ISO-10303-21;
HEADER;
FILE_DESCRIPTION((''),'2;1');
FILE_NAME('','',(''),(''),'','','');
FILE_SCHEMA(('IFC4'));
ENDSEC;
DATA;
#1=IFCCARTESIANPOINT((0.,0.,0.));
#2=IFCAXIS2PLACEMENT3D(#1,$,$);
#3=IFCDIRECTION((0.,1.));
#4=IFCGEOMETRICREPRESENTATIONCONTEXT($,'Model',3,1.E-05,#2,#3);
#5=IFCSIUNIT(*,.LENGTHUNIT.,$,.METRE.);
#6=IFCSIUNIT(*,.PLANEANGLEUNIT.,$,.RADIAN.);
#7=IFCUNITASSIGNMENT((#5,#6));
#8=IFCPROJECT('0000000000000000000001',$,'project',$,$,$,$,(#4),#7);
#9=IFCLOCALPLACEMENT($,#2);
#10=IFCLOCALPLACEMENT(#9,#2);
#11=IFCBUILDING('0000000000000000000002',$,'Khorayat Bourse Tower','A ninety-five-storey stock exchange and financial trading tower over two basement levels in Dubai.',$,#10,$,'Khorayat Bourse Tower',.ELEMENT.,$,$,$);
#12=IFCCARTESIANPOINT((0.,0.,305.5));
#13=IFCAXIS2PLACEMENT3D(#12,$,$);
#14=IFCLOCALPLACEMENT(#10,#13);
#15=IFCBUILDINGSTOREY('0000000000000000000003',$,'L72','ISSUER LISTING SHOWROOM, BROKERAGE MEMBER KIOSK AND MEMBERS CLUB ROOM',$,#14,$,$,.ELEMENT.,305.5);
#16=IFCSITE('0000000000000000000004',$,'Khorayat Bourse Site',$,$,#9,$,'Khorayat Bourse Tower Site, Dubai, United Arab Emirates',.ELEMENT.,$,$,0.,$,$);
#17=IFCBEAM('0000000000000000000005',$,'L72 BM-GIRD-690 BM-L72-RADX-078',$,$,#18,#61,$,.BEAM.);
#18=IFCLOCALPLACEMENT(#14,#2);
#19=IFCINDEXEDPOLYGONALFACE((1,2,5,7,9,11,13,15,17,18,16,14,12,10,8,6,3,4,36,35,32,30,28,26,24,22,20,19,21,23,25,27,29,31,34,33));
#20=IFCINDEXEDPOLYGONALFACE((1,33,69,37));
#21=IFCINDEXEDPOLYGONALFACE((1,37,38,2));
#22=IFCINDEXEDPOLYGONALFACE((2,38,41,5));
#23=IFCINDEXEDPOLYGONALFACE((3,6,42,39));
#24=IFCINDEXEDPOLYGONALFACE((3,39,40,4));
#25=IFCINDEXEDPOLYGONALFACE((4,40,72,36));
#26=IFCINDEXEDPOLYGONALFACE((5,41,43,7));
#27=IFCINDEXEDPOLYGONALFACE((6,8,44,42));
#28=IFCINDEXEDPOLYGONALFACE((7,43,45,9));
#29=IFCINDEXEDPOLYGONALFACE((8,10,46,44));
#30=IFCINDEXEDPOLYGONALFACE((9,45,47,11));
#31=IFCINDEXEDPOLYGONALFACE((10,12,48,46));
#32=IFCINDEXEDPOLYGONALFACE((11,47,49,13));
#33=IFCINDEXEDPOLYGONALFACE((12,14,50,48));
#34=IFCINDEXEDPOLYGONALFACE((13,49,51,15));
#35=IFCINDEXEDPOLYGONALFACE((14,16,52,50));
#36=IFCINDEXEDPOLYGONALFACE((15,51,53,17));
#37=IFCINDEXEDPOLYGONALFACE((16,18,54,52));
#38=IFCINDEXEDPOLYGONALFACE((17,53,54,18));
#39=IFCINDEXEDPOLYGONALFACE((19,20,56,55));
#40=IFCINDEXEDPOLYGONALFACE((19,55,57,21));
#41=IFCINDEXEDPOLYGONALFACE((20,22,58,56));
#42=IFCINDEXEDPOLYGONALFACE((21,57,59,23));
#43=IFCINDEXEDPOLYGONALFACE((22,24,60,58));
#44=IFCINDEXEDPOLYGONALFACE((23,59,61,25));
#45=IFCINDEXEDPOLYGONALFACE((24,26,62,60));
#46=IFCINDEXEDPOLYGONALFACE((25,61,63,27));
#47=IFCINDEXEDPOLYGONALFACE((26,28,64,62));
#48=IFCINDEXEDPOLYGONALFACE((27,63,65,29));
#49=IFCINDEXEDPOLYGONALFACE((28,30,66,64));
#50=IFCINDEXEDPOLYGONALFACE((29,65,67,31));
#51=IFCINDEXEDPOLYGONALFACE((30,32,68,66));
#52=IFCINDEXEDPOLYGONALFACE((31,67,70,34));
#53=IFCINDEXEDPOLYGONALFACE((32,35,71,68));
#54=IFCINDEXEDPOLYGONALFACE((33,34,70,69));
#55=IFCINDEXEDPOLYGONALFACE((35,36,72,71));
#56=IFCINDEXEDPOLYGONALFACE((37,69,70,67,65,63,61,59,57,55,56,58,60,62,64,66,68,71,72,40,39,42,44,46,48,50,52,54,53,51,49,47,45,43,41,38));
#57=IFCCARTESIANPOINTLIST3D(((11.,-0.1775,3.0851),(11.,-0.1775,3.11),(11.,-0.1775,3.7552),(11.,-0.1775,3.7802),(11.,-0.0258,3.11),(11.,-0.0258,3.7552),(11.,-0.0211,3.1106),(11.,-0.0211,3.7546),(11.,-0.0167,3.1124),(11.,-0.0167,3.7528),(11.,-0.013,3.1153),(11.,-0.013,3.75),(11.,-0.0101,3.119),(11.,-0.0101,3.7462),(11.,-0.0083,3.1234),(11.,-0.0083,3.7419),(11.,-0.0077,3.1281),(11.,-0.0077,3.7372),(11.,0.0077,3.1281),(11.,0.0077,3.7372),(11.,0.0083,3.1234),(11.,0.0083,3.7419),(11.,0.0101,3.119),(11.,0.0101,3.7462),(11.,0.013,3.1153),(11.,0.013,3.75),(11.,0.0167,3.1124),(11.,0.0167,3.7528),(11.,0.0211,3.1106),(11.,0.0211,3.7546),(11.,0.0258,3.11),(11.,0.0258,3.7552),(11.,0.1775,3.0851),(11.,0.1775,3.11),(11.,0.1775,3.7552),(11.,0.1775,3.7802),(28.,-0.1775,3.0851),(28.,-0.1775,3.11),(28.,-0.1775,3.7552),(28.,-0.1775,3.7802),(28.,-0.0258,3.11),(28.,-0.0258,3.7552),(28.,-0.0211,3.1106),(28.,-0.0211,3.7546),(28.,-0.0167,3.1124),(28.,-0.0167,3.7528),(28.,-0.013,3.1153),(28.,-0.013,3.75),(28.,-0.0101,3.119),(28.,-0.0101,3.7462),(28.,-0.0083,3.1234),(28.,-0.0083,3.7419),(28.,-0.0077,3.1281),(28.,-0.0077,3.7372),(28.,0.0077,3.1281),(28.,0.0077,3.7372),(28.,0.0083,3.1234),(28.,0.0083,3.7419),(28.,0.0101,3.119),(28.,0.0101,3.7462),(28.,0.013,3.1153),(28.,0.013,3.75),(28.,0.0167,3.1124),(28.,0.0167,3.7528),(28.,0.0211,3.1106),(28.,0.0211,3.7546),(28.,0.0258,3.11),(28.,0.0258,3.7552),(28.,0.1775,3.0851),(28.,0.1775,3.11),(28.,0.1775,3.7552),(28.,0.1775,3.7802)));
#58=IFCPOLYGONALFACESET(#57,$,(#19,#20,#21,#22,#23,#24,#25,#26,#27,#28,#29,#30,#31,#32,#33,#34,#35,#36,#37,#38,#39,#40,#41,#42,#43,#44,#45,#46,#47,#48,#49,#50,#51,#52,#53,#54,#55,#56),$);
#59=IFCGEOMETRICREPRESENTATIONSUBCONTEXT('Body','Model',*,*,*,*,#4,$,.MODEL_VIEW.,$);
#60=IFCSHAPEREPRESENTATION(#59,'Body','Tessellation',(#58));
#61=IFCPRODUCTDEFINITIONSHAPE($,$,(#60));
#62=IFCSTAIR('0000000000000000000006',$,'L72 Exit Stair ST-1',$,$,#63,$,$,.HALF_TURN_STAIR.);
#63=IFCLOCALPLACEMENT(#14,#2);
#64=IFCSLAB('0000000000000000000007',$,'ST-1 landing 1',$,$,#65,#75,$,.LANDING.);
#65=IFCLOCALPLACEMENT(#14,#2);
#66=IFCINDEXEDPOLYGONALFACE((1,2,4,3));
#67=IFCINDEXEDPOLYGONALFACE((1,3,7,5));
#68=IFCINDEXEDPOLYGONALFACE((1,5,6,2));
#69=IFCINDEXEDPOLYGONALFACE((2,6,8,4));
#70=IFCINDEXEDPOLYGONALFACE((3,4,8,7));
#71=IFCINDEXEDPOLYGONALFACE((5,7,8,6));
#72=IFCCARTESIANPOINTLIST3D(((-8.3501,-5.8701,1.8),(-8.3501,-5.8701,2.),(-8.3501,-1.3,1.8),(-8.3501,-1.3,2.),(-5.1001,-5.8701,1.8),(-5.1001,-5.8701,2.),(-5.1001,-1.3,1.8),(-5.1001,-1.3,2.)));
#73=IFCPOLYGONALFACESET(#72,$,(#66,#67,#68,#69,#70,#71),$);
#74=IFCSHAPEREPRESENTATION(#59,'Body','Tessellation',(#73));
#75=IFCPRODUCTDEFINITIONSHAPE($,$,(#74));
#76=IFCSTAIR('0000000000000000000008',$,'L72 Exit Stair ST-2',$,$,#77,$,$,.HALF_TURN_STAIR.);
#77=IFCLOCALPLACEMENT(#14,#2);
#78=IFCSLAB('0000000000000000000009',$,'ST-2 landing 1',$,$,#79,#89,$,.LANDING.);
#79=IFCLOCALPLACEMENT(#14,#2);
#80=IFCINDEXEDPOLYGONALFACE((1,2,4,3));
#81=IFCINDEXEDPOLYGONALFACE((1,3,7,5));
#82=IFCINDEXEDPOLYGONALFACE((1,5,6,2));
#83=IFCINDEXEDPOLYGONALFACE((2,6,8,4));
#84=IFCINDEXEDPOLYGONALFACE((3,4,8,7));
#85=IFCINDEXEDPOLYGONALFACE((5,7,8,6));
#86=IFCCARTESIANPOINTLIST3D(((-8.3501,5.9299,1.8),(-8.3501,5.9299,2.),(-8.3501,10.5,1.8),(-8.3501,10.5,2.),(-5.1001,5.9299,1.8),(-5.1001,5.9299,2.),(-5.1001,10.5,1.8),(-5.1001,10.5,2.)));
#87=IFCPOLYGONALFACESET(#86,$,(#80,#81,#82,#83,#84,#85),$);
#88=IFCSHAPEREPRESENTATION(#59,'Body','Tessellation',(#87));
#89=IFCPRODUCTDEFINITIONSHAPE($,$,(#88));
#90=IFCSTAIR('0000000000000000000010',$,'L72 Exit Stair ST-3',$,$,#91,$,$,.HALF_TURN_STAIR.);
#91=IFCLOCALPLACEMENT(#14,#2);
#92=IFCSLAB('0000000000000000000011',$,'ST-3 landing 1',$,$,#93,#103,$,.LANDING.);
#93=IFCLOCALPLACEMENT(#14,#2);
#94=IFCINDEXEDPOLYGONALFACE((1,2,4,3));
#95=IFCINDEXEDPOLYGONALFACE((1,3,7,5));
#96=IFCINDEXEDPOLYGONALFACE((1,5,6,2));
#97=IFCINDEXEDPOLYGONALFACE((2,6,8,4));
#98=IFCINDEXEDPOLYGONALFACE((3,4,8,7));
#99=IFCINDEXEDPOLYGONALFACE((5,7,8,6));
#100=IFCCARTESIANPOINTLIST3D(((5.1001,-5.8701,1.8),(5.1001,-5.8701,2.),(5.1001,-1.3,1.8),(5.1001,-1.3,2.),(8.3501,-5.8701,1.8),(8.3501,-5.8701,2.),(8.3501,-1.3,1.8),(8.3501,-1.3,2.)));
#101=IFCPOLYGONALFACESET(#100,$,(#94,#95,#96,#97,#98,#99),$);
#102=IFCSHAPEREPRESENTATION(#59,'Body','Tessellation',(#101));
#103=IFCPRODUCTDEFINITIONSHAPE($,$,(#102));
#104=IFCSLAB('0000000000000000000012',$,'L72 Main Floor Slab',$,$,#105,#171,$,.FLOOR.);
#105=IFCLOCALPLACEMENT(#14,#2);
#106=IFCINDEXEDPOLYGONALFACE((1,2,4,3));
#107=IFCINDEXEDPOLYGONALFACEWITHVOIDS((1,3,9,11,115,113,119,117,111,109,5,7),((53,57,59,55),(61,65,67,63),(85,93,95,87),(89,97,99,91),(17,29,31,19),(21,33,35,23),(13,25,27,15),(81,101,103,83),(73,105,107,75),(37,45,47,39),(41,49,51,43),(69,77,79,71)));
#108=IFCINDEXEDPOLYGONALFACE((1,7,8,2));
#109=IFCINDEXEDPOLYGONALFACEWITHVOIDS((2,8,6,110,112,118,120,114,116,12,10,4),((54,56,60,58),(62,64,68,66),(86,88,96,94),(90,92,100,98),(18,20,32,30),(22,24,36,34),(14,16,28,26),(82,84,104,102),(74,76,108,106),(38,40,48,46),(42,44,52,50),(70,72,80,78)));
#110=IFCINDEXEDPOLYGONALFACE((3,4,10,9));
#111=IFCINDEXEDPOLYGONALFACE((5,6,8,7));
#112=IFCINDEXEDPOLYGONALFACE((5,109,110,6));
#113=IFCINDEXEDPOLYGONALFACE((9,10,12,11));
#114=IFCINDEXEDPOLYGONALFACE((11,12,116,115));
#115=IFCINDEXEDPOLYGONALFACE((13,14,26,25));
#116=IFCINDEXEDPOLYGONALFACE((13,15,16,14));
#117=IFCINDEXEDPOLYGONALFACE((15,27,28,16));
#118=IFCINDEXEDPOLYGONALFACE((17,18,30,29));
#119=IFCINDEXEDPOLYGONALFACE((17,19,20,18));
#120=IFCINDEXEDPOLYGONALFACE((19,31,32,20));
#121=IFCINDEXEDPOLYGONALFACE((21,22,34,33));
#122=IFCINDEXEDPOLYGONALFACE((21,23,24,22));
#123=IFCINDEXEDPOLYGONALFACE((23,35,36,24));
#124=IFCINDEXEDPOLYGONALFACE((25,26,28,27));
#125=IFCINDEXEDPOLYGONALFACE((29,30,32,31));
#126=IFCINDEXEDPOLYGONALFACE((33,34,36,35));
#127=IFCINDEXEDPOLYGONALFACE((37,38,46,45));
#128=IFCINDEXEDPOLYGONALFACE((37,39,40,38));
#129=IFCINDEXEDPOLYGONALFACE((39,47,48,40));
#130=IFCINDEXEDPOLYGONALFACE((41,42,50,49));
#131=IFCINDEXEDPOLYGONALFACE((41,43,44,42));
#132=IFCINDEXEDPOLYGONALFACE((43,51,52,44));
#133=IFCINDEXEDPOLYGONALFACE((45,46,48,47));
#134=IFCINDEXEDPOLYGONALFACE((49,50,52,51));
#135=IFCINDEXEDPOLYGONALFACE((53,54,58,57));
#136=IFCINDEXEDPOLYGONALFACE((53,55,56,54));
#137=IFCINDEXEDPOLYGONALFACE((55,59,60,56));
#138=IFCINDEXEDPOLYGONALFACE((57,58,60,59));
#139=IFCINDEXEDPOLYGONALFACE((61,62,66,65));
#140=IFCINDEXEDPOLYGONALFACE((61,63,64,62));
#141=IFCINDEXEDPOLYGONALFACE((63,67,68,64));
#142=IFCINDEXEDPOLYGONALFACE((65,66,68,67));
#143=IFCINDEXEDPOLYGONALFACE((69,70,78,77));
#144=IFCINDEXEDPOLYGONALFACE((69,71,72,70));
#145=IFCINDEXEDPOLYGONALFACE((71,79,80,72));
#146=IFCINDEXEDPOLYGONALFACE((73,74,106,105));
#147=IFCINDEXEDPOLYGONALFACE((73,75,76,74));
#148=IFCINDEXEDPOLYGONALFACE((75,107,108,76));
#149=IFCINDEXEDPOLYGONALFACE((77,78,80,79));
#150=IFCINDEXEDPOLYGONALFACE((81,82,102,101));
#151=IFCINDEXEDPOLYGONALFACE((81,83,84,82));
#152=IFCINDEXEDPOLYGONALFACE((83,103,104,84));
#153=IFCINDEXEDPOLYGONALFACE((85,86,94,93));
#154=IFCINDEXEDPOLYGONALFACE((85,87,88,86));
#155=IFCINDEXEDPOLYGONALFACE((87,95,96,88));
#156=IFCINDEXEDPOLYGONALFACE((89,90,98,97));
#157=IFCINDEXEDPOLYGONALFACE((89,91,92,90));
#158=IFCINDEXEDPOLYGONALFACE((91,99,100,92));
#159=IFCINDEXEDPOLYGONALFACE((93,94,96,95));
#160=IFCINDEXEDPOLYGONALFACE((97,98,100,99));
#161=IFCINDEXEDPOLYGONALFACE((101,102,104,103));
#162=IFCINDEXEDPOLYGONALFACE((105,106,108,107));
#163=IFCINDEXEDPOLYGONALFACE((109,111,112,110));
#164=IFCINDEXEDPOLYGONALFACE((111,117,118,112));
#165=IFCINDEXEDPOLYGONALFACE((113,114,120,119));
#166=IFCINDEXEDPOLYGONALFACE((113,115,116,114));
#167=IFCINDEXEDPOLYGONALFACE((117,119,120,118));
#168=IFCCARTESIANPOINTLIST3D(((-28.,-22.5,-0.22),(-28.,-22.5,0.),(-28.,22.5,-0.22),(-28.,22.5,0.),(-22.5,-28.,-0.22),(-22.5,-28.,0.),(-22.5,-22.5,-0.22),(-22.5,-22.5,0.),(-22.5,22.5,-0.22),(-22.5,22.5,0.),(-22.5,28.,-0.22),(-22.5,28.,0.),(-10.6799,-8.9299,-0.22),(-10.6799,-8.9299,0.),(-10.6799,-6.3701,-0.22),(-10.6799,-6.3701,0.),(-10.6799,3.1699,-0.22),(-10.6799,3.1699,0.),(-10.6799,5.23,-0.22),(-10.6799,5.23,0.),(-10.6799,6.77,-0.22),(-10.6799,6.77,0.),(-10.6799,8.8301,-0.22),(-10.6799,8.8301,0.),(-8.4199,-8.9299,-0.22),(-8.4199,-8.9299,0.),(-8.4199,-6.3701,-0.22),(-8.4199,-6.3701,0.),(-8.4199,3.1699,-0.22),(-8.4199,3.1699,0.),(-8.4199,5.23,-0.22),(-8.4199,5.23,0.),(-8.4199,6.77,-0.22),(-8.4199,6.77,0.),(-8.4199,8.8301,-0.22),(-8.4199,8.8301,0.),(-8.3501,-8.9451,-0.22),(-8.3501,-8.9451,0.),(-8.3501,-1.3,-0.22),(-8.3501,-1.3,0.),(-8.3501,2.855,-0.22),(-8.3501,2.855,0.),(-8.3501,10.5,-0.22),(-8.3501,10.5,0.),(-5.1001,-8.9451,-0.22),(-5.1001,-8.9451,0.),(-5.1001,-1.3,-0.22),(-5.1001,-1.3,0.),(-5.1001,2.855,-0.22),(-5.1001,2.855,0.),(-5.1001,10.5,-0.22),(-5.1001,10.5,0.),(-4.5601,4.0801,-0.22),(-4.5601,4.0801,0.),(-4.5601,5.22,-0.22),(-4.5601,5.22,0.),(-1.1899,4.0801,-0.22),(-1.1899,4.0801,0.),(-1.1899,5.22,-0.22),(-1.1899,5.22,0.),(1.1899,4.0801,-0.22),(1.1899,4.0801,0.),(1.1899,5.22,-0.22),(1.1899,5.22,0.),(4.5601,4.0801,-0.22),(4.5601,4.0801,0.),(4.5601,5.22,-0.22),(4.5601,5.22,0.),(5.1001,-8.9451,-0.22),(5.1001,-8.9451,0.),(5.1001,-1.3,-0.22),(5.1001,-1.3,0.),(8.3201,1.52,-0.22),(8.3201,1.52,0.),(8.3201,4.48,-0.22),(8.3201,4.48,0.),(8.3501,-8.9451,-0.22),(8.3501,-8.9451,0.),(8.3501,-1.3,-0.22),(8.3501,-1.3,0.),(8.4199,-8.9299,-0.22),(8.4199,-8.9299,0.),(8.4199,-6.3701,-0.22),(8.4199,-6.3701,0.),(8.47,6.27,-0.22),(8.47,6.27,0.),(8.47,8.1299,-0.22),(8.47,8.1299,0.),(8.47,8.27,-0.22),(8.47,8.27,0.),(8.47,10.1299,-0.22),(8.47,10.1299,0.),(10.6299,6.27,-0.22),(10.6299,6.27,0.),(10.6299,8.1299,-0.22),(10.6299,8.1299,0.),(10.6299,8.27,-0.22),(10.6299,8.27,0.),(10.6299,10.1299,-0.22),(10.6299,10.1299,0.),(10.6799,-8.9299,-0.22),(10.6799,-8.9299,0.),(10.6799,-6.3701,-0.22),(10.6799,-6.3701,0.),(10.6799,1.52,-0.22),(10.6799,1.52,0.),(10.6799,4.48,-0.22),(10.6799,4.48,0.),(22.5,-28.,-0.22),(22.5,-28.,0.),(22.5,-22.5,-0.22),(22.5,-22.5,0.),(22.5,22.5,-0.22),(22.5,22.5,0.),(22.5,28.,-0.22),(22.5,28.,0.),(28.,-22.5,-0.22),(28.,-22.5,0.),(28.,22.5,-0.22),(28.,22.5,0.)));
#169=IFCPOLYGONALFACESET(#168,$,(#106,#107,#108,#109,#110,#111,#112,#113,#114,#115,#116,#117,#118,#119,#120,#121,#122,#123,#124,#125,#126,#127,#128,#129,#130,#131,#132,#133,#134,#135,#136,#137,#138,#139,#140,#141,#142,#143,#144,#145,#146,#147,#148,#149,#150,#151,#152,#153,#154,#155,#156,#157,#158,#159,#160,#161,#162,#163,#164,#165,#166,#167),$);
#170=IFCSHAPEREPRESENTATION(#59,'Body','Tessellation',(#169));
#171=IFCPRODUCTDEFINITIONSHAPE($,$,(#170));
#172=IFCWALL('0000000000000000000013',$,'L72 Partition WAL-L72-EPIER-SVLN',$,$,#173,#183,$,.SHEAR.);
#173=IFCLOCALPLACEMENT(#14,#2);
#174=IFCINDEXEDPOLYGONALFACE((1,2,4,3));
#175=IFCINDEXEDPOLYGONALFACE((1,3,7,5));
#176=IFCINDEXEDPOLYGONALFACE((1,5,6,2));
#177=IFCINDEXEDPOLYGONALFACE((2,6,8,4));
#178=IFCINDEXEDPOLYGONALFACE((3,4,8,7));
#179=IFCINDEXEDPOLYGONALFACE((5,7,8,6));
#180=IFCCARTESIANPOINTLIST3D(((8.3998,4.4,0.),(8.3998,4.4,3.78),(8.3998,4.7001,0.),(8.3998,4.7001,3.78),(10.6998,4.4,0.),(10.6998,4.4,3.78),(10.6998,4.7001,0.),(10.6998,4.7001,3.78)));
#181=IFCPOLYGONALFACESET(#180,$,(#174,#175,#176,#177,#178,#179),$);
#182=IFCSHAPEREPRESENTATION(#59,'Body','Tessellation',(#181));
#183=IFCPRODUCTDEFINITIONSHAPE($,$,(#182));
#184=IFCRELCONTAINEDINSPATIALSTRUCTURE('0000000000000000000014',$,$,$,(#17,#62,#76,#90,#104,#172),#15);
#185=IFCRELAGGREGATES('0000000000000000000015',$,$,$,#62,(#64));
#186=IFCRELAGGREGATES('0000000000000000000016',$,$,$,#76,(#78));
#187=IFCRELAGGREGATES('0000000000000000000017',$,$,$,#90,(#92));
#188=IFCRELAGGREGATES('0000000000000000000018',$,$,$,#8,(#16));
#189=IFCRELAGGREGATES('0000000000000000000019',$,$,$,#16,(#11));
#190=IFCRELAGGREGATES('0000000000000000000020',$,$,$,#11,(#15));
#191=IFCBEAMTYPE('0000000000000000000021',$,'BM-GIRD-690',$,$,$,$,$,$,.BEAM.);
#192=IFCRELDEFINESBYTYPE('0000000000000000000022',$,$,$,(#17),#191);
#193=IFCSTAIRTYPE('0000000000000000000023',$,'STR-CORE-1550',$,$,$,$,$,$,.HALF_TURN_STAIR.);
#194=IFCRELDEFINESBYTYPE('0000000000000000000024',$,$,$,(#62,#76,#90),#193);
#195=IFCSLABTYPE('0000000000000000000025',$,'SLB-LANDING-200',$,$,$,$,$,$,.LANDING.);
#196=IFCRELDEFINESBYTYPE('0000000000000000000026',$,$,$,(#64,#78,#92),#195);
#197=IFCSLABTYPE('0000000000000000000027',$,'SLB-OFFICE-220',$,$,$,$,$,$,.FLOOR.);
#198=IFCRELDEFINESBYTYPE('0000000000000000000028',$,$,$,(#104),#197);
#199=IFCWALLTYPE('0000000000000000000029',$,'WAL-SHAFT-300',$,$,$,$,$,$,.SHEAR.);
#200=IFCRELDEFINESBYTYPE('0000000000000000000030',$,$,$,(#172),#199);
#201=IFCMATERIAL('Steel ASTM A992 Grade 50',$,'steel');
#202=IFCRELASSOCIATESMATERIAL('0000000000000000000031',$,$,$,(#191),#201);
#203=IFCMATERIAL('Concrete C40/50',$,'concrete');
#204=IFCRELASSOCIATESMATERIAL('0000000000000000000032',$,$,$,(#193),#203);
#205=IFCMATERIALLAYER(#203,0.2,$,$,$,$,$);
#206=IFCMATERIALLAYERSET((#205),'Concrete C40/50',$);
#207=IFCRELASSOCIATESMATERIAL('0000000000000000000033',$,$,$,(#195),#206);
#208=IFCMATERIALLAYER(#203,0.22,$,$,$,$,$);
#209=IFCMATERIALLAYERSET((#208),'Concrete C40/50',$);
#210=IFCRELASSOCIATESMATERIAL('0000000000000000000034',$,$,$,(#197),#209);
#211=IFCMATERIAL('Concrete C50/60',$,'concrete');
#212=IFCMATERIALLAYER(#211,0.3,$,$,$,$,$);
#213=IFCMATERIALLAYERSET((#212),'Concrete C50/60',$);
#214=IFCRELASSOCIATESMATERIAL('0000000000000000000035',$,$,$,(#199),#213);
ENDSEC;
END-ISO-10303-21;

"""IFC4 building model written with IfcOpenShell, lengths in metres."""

from ifc_helpers import new_model, si_unit, direction, frame, frame_2d, origin, origin_2d, place, context, subcontext, project, spatial, polyline, rectangle, i_section, outline, extrude, source, transform, mapped, material, layer, layer_set, material_profile, profile_set, type_object, element, aggregate, save


model = new_model("IFC4")

# Units and contexts
model_context = context("Model", 3, precision=1e-05, world=origin(), true_north=direction((0.0, 1.0)))
body_context = subcontext(model_context, "Body", "Model", "MODEL_VIEW")
ifc_project = project(units=[si_unit("LENGTHUNIT", "METRE"), si_unit("PLANEANGLEUNIT", "RADIAN")], contexts=[model_context])

# Site, building, storey
site_placement = place(None, origin())
site = spatial("IfcSite", under=ifc_project, at=site_placement, Name="Khorayat Bourse Site", LongName="Khorayat Bourse Tower Site, Dubai, United Arab Emirates", CompositionType="ELEMENT", RefElevation=0.0)
building_placement = place(site_placement, origin())
building = spatial("IfcBuilding", under=site, at=building_placement, Name="Khorayat Bourse Tower", Description="A ninety-five-storey stock exchange and financial trading tower over two basement levels in Dubai.", LongName="Khorayat Bourse Tower", CompositionType="ELEMENT")
storey_placement = place(building_placement, frame((0.0, 0.0, 305.5)))
storey = spatial("IfcBuildingStorey", under=building, at=storey_placement, Name="L72", Description="ISSUER LISTING SHOWROOM, BROKERAGE MEMBER KIOSK AND MEMBERS CLUB ROOM", CompositionType="ELEMENT", Elevation=305.5)

# Beam
ifc_material_1 = material(Name="Steel ASTM A992 Grade 50", Category="steel")
ifc_material_profile_1 = material_profile(ifc_material_1, i_section(OverallWidth=0.355, OverallDepth=0.6951, WebThickness=0.0154, FlangeThickness=0.0249, FilletRadius=0.0181, at=origin_2d()), Name="W690X217")
ifc_profile_set_1 = profile_set([ifc_material_profile_1], Name="Steel ASTM A992 Grade 50")
beam_type_1 = type_object("IfcBeamType", Name="BM-GIRD-690", PredefinedType="BEAM", material=ifc_profile_set_1)
shared_shape_1 = source(origin(), body_context, "Body", "SweptSolid", [
    extrude(i_section(OverallWidth=0.355, OverallDepth=0.6951, WebThickness=0.0154, FlangeThickness=0.0249, FilletRadius=0.0181, at=origin_2d()), origin(), (0.0, 0.0, 1.0), 17.0),
])
beam_1_placement = place(storey_placement, frame((11.0, 0.0, 3.4326), z_axis=(1.0, 0.0, 0.0), x_axis=(0.0, 1.0, 0.0)))
element("IfcBeam", 1, at=beam_1_placement, inside=storey, type_object=beam_type_1, Name="L72 BM-GIRD-690 BM-L72-RADX-078", PredefinedType="BEAM", context=body_context, shape_type="MappedRepresentation", body=[
    mapped(shared_shape_1, transform((0.0, 0.0, 0.0), scale=1.0)),
])

# Stairs, slabs
ifc_material_2 = material(Name="Concrete C40/50", Category="concrete")
stair_type = type_object("IfcStairType", Name="STR-CORE-1550", PredefinedType="HALF_TURN_STAIR", material=ifc_material_2)
stair_1_placement = place(storey_placement, origin())
stair_1 = element("IfcStair", 2, at=stair_1_placement, inside=storey, type_object=stair_type, Name="L72 Exit Stair ST-1", PredefinedType="HALF_TURN_STAIR")
ifc_layer_1 = layer(ifc_material_2, 0.2)
ifc_layer_set_1 = layer_set([ifc_layer_1], Name="Concrete C40/50")
slab_type_1 = type_object("IfcSlabType", Name="SLB-LANDING-200", PredefinedType="LANDING", material=ifc_layer_set_1)
slab_1_placement = place(storey_placement, frame((0.0, 0.0, 1.8)))
slab_1 = element("IfcSlab", 3, at=slab_1_placement, type_object=slab_type_1, Name="ST-1 landing 1", PredefinedType="LANDING", context=body_context, shape_type="SweptSolid", body=[
    extrude(outline(polyline([(-5.1001, -5.8701), (-5.1001, -1.3), (-8.3501, -1.3), (-8.3501, -5.8701), (-5.1001, -5.8701)])), origin(), (0.0, 0.0, 1.0), 0.2),
])
aggregate(stair_1, [slab_1])
stair_2_placement = place(storey_placement, origin())
stair_2 = element("IfcStair", 4, at=stair_2_placement, inside=storey, type_object=stair_type, Name="L72 Exit Stair ST-2", PredefinedType="HALF_TURN_STAIR")
slab_2_placement = place(storey_placement, frame((0.0, 0.0, 1.8)))
slab_2 = element("IfcSlab", 5, at=slab_2_placement, type_object=slab_type_1, Name="ST-2 landing 1", PredefinedType="LANDING", context=body_context, shape_type="SweptSolid", body=[
    extrude(outline(polyline([(-5.1001, 5.9299), (-5.1001, 10.5), (-8.3501, 10.5), (-8.3501, 5.9299), (-5.1001, 5.9299)])), origin(), (0.0, 0.0, 1.0), 0.2),
])
aggregate(stair_2, [slab_2])
stair_3_placement = place(storey_placement, origin())
stair_3 = element("IfcStair", 6, at=stair_3_placement, inside=storey, type_object=stair_type, Name="L72 Exit Stair ST-3", PredefinedType="HALF_TURN_STAIR")
slab_3_placement = place(storey_placement, frame((0.0, 0.0, 1.8)))
slab_3 = element("IfcSlab", 7, at=slab_3_placement, type_object=slab_type_1, Name="ST-3 landing 1", PredefinedType="LANDING", context=body_context, shape_type="SweptSolid", body=[
    extrude(outline(polyline([(8.3501, -5.8701), (8.3501, -1.3), (5.1001, -1.3), (5.1001, -5.8701), (8.3501, -5.8701)])), origin(), (0.0, 0.0, 1.0), 0.2),
])
aggregate(stair_3, [slab_3])

# Slab
ifc_layer_2 = layer(ifc_material_2, 0.22)
ifc_layer_set_2 = layer_set([ifc_layer_2], Name="Concrete C40/50")
slab_type_2 = type_object("IfcSlabType", Name="SLB-OFFICE-220", PredefinedType="FLOOR", material=ifc_layer_set_2)
slab_4_placement = place(storey_placement, frame((0.0, 0.0, -0.22)))
element("IfcSlab", 8, at=slab_4_placement, inside=storey, type_object=slab_type_2, Name="L72 Main Floor Slab", PredefinedType="FLOOR", context=body_context, shape_type="SweptSolid", body=[
    extrude(outline(polyline([(-22.5, -28.0), (22.5, -28.0), (22.5, -22.5), (28.0, -22.5), (28.0, 22.5), (22.5, 22.5), (22.5, 28.0), (-22.5, 28.0), (-22.5, 22.5), (-28.0, 22.5), (-28.0, -22.5), (-22.5, -22.5), (-22.5, -28.0)]), holes=[polyline([(-8.3501, -8.9451), (-5.1001, -8.9451), (-5.1001, -1.3), (-8.3501, -1.3), (-8.3501, -8.9451)]), polyline([(-8.3501, 2.855), (-5.1001, 2.855), (-5.1001, 10.5), (-8.3501, 10.5), (-8.3501, 2.855)]), polyline([(5.1001, -8.9451), (8.3501, -8.9451), (8.3501, -1.3), (5.1001, -1.3), (5.1001, -8.9451)]), polyline([(-10.6799, 3.1699), (-8.4199, 3.1699), (-8.4199, 5.23), (-10.6799, 5.23), (-10.6799, 3.1699)]), polyline([(-10.6799, 6.77), (-8.4199, 6.77), (-8.4199, 8.8301), (-10.6799, 8.8301), (-10.6799, 6.77)]), polyline([(8.47, 6.27), (10.6299, 6.27), (10.6299, 8.1299), (8.47, 8.1299), (8.47, 6.27)]), polyline([(8.47, 8.27), (10.6299, 8.27), (10.6299, 10.1299), (8.47, 10.1299), (8.47, 8.27)]), polyline([(-10.6799, -8.9299), (-8.4199, -8.9299), (-8.4199, -6.3701), (-10.6799, -6.3701), (-10.6799, -8.9299)]), polyline([(8.4199, -8.9299), (10.6799, -8.9299), (10.6799, -6.3701), (8.4199, -6.3701), (8.4199, -8.9299)]), polyline([(8.3201, 1.52), (10.6799, 1.52), (10.6799, 4.48), (8.3201, 4.48), (8.3201, 1.52)]), polyline([(-4.5601, 4.0801), (-1.1899, 4.0801), (-1.1899, 5.22), (-4.5601, 5.22), (-4.5601, 4.0801)]), polyline([(1.1899, 4.0801), (4.5601, 4.0801), (4.5601, 5.22), (1.1899, 5.22), (1.1899, 4.0801)])]), origin(), (0.0, 0.0, 1.0), 0.22),
])

# Wall
ifc_material_3 = material(Name="Concrete C50/60", Category="concrete")
ifc_layer_3 = layer(ifc_material_3, 0.3)
ifc_layer_set_3 = layer_set([ifc_layer_3], Name="Concrete C50/60")
wall_type_1 = type_object("IfcWallType", Name="WAL-SHAFT-300", PredefinedType="SHEAR", material=ifc_layer_set_3)
shared_shape_2 = source(origin(), body_context, "Body", "SweptSolid", [
    extrude(rectangle(XDim=2.3, YDim=0.3, at=frame_2d((1.1499, 0.0))), origin(), (0.0, 0.0, 1.0), 3.78),
])
for number, where, z_axis, x_axis, name in (
    (9, (8.3999, 4.55, 0.0), (0.0, 0.0, 1.0), (1.0, 0.0, 0.0), "L72 Partition WAL-L72-EPIER-SVLN"),
):
    element("IfcWall", number, at=place(storey_placement, frame(where, z_axis=z_axis, x_axis=x_axis)), inside=storey, type_object=wall_type_1, Name=name, PredefinedType="SHEAR", context=body_context, shape_type="MappedRepresentation", body=[
        mapped(shared_shape_2, transform((0.0, 0.0, 0.0), scale=1.0)),
    ])

save(model, "model.ifc")
